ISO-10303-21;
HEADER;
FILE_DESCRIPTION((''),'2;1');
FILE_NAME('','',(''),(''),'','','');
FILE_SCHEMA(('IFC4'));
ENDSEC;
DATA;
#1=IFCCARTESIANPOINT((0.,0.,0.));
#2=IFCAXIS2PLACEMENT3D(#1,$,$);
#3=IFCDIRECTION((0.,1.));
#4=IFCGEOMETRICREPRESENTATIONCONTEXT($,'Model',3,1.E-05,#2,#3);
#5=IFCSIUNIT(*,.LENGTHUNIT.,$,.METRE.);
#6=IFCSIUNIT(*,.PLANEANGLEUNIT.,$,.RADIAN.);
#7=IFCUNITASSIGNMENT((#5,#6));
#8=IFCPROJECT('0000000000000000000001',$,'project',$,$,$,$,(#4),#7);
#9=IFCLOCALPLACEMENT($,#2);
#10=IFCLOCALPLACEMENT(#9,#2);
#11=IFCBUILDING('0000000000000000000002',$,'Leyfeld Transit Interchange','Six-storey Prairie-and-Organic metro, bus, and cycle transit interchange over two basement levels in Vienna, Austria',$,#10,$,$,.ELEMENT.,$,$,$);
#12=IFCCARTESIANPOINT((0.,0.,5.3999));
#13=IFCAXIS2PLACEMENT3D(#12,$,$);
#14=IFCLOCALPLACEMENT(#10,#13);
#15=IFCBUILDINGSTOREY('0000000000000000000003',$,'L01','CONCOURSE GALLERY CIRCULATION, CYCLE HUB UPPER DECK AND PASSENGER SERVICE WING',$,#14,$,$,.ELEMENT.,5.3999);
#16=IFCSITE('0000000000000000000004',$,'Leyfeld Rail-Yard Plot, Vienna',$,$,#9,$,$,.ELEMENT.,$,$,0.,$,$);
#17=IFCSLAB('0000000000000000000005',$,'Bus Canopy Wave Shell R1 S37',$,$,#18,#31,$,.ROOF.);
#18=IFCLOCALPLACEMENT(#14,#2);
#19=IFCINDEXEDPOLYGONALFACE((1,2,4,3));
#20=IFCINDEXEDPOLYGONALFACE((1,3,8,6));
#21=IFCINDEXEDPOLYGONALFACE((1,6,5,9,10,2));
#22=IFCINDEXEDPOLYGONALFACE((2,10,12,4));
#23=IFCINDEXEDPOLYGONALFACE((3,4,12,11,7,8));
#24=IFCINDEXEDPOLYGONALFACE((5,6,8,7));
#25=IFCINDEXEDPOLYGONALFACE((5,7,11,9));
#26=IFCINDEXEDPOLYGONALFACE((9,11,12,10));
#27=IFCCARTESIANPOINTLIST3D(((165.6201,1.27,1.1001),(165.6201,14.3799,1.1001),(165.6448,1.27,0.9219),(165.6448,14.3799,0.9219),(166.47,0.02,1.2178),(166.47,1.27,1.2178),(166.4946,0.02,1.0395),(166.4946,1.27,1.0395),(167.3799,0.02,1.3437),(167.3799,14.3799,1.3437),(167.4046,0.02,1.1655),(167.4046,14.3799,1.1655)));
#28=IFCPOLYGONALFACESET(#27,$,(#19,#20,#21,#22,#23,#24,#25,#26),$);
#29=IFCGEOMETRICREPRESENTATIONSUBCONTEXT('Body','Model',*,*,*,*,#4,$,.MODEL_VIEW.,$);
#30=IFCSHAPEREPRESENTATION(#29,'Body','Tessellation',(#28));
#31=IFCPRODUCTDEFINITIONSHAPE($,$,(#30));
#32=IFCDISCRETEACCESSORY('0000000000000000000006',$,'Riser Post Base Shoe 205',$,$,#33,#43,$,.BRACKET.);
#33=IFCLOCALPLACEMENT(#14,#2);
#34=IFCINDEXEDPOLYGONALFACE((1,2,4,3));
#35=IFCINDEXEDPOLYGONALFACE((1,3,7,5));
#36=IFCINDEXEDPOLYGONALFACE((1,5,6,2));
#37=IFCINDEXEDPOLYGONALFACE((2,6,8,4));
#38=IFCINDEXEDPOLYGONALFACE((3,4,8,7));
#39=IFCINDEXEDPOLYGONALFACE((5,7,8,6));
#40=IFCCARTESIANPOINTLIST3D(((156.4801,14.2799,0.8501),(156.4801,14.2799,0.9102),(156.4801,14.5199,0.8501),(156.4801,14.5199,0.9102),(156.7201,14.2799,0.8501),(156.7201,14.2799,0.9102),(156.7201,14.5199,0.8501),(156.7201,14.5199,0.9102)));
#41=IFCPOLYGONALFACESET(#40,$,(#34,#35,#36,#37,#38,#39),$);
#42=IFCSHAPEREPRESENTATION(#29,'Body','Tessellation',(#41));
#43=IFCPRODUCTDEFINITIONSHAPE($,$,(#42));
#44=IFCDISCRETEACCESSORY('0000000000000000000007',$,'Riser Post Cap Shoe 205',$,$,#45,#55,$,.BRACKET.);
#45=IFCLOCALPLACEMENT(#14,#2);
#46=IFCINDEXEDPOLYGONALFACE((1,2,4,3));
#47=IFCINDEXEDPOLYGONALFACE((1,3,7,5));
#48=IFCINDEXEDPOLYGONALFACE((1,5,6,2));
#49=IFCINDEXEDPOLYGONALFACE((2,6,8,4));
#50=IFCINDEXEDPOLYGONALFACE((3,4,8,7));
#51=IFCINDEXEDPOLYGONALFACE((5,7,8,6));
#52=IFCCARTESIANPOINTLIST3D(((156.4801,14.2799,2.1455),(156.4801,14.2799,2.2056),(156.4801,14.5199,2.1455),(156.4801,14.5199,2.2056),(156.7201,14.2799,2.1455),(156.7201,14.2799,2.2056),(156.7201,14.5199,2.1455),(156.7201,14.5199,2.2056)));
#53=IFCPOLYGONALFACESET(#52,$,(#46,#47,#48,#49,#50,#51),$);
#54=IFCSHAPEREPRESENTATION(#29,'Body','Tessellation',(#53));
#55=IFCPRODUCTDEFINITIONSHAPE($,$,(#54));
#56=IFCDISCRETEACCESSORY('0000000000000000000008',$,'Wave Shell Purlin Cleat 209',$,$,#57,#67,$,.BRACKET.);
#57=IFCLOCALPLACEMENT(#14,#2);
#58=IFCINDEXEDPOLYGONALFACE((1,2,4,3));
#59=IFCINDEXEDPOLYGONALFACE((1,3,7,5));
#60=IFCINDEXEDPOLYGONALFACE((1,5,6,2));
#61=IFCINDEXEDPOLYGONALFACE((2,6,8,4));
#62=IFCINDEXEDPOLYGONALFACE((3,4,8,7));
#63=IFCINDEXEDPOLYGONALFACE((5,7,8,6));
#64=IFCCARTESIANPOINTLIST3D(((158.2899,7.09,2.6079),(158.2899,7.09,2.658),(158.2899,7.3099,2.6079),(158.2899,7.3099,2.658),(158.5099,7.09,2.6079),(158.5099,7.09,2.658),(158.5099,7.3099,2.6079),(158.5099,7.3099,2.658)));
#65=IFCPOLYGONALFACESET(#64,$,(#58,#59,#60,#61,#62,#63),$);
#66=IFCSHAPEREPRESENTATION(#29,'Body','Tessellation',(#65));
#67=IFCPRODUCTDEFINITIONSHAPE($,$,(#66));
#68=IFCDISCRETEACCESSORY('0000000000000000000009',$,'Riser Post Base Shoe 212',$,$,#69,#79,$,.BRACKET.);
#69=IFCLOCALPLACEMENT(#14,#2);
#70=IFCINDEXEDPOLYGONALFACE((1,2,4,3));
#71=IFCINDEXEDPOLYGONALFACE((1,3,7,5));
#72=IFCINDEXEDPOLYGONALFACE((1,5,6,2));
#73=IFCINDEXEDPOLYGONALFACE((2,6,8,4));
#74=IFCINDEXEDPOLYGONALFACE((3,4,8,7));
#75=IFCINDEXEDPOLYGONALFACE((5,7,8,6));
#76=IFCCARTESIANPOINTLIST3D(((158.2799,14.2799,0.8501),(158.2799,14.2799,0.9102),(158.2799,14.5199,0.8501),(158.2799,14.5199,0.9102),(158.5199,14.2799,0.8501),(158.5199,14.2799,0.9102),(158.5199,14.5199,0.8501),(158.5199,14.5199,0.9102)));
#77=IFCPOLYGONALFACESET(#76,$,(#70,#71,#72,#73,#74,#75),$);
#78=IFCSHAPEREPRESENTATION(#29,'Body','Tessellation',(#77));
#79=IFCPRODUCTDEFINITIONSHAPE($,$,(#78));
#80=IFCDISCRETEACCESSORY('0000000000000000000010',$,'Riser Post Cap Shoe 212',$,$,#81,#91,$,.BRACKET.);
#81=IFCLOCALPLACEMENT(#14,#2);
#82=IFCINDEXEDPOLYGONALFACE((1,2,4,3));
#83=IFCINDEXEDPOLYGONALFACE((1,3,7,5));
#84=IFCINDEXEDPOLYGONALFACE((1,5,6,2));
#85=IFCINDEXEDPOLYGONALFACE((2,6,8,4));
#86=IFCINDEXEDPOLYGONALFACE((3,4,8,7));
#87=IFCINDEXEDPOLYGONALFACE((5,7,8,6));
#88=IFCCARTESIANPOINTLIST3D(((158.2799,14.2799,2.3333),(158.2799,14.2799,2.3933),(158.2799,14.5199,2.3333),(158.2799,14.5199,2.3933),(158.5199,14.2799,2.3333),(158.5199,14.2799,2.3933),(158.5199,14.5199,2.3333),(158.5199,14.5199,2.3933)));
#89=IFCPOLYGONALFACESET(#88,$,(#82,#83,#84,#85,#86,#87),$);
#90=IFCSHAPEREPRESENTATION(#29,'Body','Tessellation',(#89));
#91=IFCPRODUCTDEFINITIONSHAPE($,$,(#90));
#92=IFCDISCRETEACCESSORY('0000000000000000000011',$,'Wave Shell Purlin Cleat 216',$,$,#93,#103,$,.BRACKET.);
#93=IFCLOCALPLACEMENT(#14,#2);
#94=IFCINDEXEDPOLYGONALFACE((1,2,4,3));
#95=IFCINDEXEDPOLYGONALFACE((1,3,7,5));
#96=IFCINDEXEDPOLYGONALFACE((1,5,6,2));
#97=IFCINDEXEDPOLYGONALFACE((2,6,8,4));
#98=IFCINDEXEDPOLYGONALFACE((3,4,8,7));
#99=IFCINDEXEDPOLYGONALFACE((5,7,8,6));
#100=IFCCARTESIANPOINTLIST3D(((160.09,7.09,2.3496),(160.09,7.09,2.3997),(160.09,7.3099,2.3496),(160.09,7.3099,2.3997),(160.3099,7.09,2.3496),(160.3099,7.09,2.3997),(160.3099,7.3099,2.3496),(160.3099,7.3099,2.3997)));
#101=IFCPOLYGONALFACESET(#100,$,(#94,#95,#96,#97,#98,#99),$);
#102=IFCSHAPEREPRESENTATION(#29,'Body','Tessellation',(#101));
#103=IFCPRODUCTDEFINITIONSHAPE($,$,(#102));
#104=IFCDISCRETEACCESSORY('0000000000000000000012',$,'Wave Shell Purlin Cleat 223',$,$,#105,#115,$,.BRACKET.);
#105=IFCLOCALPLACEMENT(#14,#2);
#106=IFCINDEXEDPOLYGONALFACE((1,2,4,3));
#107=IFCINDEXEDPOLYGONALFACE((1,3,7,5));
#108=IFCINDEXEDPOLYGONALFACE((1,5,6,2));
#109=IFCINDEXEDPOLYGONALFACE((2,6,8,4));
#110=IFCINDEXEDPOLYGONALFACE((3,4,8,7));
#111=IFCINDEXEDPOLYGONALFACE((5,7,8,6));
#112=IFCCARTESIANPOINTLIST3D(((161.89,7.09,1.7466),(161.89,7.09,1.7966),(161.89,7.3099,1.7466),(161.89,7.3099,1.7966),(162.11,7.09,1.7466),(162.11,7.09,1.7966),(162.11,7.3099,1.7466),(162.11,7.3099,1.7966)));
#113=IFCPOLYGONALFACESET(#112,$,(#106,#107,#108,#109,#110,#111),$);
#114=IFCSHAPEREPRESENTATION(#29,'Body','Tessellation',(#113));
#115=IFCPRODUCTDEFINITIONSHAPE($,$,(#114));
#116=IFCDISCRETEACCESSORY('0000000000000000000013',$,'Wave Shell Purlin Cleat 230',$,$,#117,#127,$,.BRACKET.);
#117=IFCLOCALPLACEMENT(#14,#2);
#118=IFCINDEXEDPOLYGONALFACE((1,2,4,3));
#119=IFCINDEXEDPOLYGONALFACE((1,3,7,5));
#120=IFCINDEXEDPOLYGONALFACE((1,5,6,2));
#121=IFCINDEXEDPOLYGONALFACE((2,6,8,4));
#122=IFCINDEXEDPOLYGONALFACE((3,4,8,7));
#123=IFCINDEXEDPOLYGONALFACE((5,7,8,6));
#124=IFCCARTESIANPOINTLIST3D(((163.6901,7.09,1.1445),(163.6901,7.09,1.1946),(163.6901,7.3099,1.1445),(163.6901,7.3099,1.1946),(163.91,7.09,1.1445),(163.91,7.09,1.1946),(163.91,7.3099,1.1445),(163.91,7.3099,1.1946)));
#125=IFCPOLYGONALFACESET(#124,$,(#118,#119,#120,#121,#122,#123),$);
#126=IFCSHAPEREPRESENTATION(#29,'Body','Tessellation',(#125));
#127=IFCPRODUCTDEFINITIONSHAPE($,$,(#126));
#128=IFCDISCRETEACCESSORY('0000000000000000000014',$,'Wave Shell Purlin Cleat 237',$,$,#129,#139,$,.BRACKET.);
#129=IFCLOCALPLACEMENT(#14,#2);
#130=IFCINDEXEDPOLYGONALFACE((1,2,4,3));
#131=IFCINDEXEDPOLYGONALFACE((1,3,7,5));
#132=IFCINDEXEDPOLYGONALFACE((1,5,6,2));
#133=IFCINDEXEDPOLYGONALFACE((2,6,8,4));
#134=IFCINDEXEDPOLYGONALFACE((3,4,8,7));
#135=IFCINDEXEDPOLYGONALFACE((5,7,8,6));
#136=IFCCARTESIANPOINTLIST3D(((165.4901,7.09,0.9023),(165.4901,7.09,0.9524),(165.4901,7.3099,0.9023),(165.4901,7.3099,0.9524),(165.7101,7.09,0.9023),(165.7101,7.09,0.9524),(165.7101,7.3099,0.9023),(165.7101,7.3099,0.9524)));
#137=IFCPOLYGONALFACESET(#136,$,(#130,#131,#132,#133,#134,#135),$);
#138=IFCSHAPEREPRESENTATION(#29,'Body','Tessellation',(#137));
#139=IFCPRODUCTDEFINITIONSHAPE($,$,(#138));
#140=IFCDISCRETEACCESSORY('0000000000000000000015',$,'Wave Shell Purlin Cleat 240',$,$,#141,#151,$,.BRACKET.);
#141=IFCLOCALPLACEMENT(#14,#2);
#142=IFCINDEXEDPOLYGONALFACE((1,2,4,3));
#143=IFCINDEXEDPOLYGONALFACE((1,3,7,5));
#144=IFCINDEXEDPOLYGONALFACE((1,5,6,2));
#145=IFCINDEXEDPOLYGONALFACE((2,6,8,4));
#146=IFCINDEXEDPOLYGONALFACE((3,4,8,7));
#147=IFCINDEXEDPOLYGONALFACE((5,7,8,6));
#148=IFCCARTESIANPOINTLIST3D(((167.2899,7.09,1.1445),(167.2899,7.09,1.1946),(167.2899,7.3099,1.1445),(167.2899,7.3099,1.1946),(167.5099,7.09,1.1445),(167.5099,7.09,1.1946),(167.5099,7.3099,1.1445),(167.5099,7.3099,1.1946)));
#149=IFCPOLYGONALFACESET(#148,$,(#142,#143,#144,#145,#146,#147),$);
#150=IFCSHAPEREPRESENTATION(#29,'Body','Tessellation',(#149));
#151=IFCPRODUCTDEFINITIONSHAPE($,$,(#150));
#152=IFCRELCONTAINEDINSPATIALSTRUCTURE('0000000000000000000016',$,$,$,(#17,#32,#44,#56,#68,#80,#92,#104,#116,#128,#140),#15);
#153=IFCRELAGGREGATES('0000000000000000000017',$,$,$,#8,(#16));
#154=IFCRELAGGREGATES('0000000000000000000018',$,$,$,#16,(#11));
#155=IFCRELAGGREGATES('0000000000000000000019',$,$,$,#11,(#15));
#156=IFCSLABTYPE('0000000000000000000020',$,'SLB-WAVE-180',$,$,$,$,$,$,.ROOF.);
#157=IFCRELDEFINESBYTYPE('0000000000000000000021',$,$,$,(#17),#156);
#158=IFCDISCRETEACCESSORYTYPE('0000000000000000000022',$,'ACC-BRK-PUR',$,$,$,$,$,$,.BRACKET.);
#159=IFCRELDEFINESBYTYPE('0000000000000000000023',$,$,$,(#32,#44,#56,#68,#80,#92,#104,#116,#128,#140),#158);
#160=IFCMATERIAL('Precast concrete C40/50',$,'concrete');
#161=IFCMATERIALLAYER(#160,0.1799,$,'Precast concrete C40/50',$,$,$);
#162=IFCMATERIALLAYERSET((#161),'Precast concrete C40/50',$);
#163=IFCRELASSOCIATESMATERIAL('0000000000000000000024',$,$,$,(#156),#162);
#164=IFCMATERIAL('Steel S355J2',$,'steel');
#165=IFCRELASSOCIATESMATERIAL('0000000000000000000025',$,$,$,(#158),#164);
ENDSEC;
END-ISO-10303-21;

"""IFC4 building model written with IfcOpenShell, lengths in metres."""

from ifc_helpers import new_model, si_unit, direction, frame, origin, origin_2d, place, context, subcontext, project, spatial, polyline, rectangle, outline, extrude, material, layer, layer_set, type_object, element, save


model = new_model("IFC4")

# Units and contexts
model_context = context("Model", 3, precision=1e-05, world=origin(), true_north=direction((0.0, 1.0)))
body_context = subcontext(model_context, "Body", "Model", "MODEL_VIEW")
ifc_project = project(units=[si_unit("LENGTHUNIT", "METRE"), si_unit("PLANEANGLEUNIT", "RADIAN")], contexts=[model_context])

# Site, building, storey
site_placement = place(None, origin())
site = spatial("IfcSite", under=ifc_project, at=site_placement, Name="Leyfeld Rail-Yard Plot, Vienna", CompositionType="ELEMENT", RefElevation=0.0)
building_placement = place(site_placement, origin())
building = spatial("IfcBuilding", under=site, at=building_placement, Name="Leyfeld Transit Interchange", Description="Six-storey Prairie-and-Organic metro, bus, and cycle transit interchange over two basement levels in Vienna, Austria", CompositionType="ELEMENT")
storey_placement = place(building_placement, frame((0.0, 0.0, 5.3999)))
storey = spatial("IfcBuildingStorey", under=building, at=storey_placement, Name="L01", Description="CONCOURSE GALLERY CIRCULATION, CYCLE HUB UPPER DECK AND PASSENGER SERVICE WING", CompositionType="ELEMENT", Elevation=5.3999)

# Shared definitions
ifc_material_1 = material(Name="Steel S355J2", Category="steel")

# Slab
ifc_material_2 = material(Name="Precast concrete C40/50", Category="concrete")
ifc_layer = layer(ifc_material_2, 0.1799, Name="Precast concrete C40/50")
ifc_layer_set = layer_set([ifc_layer], Name="Precast concrete C40/50")
slab_type = type_object("IfcSlabType", Name="SLB-WAVE-180", PredefinedType="ROOF", material=ifc_layer_set)
slab_1_placement = place(storey_placement, frame((165.6201, 1.27, 1.1001), z_axis=(-0.137149, 0.0, 0.99055), x_axis=(0.99055, 0.0, 0.137149)))
element("IfcSlab", 1, at=slab_1_placement, inside=storey, type_object=slab_type, Name="Bus Canopy Wave Shell R1 S37", PredefinedType="ROOF", context=body_context, shape_type="SweptSolid", body=[
    extrude(outline(polyline([(0.0, 0.0), (0.858, 0.0), (0.858, -1.25), (1.7766, -1.25), (1.7766, 13.1099), (0.0, 13.1099), (0.0, 0.0)])), origin(), (0.0, 0.0, -1.0), 0.1799),
])

# Discrete accessories
discrete_accessory_type = type_object("IfcDiscreteAccessoryType", Name="ACC-BRK-PUR", PredefinedType="BRACKET", material=ifc_material_1)
for number, where, z_axis, x_axis, name in (
    (2, (156.6001, 14.3999, 0.8501), (0.0, 0.0, 1.0), (1.0, 0.0, 0.0), "Riser Post Base Shoe 205"),
    (3, (156.6001, 14.3999, 2.1455), (0.0, 0.0, 1.0), (1.0, 0.0, 0.0), "Riser Post Cap Shoe 205"),
):
    element("IfcDiscreteAccessory", number, at=place(storey_placement, frame(where, z_axis=z_axis, x_axis=x_axis)), inside=storey, type_object=discrete_accessory_type, Name=name, PredefinedType="BRACKET", context=body_context, shape_type="SweptSolid", body=[
        extrude(rectangle(XDim=0.24, YDim=0.24, at=origin_2d()), origin(), (0.0, 0.0, 1.0), 0.0601),
    ])
discrete_accessory_placement = place(storey_placement, frame((158.3999, 7.2, 2.6079), z_axis=(0.0, 0.0, 1.0), x_axis=(1.0, 0.0, 0.0)))
element("IfcDiscreteAccessory", 4, at=discrete_accessory_placement, inside=storey, type_object=discrete_accessory_type, Name="Wave Shell Purlin Cleat 209", PredefinedType="BRACKET", context=body_context, shape_type="SweptSolid", body=[
    extrude(rectangle(XDim=0.22, YDim=0.22, at=origin_2d()), origin(), (0.0, 0.0, 1.0), 0.05),
])
for number, where, z_axis, x_axis, name in (
    (5, (158.3999, 14.3999, 0.8501), (0.0, 0.0, 1.0), (1.0, 0.0, 0.0), "Riser Post Base Shoe 212"),
    (6, (158.3999, 14.3999, 2.3333), (0.0, 0.0, 1.0), (1.0, 0.0, 0.0), "Riser Post Cap Shoe 212"),
):
    element("IfcDiscreteAccessory", number, at=place(storey_placement, frame(where, z_axis=z_axis, x_axis=x_axis)), inside=storey, type_object=discrete_accessory_type, Name=name, PredefinedType="BRACKET", context=body_context, shape_type="SweptSolid", body=[
        extrude(rectangle(XDim=0.24, YDim=0.24, at=origin_2d()), origin(), (0.0, 0.0, 1.0), 0.0601),
    ])
for number, where, z_axis, x_axis, name in (
    (7, (160.2, 7.2, 2.3496), (0.0, 0.0, 1.0), (1.0, 0.0, 0.0), "Wave Shell Purlin Cleat 216"),
    (8, (162.0, 7.2, 1.7466), (0.0, 0.0, 1.0), (1.0, 0.0, 0.0), "Wave Shell Purlin Cleat 223"),
    (9, (163.8, 7.2, 1.1445), (0.0, 0.0, 1.0), (1.0, 0.0, 0.0), "Wave Shell Purlin Cleat 230"),
    (10, (165.6001, 7.2, 0.9023), (0.0, 0.0, 1.0), (1.0, 0.0, 0.0), "Wave Shell Purlin Cleat 237"),
    (11, (167.3999, 7.2, 1.1445), (0.0, 0.0, 1.0), (1.0, 0.0, 0.0), "Wave Shell Purlin Cleat 240"),
):
    element("IfcDiscreteAccessory", number, at=place(storey_placement, frame(where, z_axis=z_axis, x_axis=x_axis)), inside=storey, type_object=discrete_accessory_type, Name=name, PredefinedType="BRACKET", context=body_context, shape_type="SweptSolid", body=[
        extrude(rectangle(XDim=0.22, YDim=0.22, at=origin_2d()), origin(), (0.0, 0.0, 1.0), 0.05),
    ])

save(model, "model.ifc")
